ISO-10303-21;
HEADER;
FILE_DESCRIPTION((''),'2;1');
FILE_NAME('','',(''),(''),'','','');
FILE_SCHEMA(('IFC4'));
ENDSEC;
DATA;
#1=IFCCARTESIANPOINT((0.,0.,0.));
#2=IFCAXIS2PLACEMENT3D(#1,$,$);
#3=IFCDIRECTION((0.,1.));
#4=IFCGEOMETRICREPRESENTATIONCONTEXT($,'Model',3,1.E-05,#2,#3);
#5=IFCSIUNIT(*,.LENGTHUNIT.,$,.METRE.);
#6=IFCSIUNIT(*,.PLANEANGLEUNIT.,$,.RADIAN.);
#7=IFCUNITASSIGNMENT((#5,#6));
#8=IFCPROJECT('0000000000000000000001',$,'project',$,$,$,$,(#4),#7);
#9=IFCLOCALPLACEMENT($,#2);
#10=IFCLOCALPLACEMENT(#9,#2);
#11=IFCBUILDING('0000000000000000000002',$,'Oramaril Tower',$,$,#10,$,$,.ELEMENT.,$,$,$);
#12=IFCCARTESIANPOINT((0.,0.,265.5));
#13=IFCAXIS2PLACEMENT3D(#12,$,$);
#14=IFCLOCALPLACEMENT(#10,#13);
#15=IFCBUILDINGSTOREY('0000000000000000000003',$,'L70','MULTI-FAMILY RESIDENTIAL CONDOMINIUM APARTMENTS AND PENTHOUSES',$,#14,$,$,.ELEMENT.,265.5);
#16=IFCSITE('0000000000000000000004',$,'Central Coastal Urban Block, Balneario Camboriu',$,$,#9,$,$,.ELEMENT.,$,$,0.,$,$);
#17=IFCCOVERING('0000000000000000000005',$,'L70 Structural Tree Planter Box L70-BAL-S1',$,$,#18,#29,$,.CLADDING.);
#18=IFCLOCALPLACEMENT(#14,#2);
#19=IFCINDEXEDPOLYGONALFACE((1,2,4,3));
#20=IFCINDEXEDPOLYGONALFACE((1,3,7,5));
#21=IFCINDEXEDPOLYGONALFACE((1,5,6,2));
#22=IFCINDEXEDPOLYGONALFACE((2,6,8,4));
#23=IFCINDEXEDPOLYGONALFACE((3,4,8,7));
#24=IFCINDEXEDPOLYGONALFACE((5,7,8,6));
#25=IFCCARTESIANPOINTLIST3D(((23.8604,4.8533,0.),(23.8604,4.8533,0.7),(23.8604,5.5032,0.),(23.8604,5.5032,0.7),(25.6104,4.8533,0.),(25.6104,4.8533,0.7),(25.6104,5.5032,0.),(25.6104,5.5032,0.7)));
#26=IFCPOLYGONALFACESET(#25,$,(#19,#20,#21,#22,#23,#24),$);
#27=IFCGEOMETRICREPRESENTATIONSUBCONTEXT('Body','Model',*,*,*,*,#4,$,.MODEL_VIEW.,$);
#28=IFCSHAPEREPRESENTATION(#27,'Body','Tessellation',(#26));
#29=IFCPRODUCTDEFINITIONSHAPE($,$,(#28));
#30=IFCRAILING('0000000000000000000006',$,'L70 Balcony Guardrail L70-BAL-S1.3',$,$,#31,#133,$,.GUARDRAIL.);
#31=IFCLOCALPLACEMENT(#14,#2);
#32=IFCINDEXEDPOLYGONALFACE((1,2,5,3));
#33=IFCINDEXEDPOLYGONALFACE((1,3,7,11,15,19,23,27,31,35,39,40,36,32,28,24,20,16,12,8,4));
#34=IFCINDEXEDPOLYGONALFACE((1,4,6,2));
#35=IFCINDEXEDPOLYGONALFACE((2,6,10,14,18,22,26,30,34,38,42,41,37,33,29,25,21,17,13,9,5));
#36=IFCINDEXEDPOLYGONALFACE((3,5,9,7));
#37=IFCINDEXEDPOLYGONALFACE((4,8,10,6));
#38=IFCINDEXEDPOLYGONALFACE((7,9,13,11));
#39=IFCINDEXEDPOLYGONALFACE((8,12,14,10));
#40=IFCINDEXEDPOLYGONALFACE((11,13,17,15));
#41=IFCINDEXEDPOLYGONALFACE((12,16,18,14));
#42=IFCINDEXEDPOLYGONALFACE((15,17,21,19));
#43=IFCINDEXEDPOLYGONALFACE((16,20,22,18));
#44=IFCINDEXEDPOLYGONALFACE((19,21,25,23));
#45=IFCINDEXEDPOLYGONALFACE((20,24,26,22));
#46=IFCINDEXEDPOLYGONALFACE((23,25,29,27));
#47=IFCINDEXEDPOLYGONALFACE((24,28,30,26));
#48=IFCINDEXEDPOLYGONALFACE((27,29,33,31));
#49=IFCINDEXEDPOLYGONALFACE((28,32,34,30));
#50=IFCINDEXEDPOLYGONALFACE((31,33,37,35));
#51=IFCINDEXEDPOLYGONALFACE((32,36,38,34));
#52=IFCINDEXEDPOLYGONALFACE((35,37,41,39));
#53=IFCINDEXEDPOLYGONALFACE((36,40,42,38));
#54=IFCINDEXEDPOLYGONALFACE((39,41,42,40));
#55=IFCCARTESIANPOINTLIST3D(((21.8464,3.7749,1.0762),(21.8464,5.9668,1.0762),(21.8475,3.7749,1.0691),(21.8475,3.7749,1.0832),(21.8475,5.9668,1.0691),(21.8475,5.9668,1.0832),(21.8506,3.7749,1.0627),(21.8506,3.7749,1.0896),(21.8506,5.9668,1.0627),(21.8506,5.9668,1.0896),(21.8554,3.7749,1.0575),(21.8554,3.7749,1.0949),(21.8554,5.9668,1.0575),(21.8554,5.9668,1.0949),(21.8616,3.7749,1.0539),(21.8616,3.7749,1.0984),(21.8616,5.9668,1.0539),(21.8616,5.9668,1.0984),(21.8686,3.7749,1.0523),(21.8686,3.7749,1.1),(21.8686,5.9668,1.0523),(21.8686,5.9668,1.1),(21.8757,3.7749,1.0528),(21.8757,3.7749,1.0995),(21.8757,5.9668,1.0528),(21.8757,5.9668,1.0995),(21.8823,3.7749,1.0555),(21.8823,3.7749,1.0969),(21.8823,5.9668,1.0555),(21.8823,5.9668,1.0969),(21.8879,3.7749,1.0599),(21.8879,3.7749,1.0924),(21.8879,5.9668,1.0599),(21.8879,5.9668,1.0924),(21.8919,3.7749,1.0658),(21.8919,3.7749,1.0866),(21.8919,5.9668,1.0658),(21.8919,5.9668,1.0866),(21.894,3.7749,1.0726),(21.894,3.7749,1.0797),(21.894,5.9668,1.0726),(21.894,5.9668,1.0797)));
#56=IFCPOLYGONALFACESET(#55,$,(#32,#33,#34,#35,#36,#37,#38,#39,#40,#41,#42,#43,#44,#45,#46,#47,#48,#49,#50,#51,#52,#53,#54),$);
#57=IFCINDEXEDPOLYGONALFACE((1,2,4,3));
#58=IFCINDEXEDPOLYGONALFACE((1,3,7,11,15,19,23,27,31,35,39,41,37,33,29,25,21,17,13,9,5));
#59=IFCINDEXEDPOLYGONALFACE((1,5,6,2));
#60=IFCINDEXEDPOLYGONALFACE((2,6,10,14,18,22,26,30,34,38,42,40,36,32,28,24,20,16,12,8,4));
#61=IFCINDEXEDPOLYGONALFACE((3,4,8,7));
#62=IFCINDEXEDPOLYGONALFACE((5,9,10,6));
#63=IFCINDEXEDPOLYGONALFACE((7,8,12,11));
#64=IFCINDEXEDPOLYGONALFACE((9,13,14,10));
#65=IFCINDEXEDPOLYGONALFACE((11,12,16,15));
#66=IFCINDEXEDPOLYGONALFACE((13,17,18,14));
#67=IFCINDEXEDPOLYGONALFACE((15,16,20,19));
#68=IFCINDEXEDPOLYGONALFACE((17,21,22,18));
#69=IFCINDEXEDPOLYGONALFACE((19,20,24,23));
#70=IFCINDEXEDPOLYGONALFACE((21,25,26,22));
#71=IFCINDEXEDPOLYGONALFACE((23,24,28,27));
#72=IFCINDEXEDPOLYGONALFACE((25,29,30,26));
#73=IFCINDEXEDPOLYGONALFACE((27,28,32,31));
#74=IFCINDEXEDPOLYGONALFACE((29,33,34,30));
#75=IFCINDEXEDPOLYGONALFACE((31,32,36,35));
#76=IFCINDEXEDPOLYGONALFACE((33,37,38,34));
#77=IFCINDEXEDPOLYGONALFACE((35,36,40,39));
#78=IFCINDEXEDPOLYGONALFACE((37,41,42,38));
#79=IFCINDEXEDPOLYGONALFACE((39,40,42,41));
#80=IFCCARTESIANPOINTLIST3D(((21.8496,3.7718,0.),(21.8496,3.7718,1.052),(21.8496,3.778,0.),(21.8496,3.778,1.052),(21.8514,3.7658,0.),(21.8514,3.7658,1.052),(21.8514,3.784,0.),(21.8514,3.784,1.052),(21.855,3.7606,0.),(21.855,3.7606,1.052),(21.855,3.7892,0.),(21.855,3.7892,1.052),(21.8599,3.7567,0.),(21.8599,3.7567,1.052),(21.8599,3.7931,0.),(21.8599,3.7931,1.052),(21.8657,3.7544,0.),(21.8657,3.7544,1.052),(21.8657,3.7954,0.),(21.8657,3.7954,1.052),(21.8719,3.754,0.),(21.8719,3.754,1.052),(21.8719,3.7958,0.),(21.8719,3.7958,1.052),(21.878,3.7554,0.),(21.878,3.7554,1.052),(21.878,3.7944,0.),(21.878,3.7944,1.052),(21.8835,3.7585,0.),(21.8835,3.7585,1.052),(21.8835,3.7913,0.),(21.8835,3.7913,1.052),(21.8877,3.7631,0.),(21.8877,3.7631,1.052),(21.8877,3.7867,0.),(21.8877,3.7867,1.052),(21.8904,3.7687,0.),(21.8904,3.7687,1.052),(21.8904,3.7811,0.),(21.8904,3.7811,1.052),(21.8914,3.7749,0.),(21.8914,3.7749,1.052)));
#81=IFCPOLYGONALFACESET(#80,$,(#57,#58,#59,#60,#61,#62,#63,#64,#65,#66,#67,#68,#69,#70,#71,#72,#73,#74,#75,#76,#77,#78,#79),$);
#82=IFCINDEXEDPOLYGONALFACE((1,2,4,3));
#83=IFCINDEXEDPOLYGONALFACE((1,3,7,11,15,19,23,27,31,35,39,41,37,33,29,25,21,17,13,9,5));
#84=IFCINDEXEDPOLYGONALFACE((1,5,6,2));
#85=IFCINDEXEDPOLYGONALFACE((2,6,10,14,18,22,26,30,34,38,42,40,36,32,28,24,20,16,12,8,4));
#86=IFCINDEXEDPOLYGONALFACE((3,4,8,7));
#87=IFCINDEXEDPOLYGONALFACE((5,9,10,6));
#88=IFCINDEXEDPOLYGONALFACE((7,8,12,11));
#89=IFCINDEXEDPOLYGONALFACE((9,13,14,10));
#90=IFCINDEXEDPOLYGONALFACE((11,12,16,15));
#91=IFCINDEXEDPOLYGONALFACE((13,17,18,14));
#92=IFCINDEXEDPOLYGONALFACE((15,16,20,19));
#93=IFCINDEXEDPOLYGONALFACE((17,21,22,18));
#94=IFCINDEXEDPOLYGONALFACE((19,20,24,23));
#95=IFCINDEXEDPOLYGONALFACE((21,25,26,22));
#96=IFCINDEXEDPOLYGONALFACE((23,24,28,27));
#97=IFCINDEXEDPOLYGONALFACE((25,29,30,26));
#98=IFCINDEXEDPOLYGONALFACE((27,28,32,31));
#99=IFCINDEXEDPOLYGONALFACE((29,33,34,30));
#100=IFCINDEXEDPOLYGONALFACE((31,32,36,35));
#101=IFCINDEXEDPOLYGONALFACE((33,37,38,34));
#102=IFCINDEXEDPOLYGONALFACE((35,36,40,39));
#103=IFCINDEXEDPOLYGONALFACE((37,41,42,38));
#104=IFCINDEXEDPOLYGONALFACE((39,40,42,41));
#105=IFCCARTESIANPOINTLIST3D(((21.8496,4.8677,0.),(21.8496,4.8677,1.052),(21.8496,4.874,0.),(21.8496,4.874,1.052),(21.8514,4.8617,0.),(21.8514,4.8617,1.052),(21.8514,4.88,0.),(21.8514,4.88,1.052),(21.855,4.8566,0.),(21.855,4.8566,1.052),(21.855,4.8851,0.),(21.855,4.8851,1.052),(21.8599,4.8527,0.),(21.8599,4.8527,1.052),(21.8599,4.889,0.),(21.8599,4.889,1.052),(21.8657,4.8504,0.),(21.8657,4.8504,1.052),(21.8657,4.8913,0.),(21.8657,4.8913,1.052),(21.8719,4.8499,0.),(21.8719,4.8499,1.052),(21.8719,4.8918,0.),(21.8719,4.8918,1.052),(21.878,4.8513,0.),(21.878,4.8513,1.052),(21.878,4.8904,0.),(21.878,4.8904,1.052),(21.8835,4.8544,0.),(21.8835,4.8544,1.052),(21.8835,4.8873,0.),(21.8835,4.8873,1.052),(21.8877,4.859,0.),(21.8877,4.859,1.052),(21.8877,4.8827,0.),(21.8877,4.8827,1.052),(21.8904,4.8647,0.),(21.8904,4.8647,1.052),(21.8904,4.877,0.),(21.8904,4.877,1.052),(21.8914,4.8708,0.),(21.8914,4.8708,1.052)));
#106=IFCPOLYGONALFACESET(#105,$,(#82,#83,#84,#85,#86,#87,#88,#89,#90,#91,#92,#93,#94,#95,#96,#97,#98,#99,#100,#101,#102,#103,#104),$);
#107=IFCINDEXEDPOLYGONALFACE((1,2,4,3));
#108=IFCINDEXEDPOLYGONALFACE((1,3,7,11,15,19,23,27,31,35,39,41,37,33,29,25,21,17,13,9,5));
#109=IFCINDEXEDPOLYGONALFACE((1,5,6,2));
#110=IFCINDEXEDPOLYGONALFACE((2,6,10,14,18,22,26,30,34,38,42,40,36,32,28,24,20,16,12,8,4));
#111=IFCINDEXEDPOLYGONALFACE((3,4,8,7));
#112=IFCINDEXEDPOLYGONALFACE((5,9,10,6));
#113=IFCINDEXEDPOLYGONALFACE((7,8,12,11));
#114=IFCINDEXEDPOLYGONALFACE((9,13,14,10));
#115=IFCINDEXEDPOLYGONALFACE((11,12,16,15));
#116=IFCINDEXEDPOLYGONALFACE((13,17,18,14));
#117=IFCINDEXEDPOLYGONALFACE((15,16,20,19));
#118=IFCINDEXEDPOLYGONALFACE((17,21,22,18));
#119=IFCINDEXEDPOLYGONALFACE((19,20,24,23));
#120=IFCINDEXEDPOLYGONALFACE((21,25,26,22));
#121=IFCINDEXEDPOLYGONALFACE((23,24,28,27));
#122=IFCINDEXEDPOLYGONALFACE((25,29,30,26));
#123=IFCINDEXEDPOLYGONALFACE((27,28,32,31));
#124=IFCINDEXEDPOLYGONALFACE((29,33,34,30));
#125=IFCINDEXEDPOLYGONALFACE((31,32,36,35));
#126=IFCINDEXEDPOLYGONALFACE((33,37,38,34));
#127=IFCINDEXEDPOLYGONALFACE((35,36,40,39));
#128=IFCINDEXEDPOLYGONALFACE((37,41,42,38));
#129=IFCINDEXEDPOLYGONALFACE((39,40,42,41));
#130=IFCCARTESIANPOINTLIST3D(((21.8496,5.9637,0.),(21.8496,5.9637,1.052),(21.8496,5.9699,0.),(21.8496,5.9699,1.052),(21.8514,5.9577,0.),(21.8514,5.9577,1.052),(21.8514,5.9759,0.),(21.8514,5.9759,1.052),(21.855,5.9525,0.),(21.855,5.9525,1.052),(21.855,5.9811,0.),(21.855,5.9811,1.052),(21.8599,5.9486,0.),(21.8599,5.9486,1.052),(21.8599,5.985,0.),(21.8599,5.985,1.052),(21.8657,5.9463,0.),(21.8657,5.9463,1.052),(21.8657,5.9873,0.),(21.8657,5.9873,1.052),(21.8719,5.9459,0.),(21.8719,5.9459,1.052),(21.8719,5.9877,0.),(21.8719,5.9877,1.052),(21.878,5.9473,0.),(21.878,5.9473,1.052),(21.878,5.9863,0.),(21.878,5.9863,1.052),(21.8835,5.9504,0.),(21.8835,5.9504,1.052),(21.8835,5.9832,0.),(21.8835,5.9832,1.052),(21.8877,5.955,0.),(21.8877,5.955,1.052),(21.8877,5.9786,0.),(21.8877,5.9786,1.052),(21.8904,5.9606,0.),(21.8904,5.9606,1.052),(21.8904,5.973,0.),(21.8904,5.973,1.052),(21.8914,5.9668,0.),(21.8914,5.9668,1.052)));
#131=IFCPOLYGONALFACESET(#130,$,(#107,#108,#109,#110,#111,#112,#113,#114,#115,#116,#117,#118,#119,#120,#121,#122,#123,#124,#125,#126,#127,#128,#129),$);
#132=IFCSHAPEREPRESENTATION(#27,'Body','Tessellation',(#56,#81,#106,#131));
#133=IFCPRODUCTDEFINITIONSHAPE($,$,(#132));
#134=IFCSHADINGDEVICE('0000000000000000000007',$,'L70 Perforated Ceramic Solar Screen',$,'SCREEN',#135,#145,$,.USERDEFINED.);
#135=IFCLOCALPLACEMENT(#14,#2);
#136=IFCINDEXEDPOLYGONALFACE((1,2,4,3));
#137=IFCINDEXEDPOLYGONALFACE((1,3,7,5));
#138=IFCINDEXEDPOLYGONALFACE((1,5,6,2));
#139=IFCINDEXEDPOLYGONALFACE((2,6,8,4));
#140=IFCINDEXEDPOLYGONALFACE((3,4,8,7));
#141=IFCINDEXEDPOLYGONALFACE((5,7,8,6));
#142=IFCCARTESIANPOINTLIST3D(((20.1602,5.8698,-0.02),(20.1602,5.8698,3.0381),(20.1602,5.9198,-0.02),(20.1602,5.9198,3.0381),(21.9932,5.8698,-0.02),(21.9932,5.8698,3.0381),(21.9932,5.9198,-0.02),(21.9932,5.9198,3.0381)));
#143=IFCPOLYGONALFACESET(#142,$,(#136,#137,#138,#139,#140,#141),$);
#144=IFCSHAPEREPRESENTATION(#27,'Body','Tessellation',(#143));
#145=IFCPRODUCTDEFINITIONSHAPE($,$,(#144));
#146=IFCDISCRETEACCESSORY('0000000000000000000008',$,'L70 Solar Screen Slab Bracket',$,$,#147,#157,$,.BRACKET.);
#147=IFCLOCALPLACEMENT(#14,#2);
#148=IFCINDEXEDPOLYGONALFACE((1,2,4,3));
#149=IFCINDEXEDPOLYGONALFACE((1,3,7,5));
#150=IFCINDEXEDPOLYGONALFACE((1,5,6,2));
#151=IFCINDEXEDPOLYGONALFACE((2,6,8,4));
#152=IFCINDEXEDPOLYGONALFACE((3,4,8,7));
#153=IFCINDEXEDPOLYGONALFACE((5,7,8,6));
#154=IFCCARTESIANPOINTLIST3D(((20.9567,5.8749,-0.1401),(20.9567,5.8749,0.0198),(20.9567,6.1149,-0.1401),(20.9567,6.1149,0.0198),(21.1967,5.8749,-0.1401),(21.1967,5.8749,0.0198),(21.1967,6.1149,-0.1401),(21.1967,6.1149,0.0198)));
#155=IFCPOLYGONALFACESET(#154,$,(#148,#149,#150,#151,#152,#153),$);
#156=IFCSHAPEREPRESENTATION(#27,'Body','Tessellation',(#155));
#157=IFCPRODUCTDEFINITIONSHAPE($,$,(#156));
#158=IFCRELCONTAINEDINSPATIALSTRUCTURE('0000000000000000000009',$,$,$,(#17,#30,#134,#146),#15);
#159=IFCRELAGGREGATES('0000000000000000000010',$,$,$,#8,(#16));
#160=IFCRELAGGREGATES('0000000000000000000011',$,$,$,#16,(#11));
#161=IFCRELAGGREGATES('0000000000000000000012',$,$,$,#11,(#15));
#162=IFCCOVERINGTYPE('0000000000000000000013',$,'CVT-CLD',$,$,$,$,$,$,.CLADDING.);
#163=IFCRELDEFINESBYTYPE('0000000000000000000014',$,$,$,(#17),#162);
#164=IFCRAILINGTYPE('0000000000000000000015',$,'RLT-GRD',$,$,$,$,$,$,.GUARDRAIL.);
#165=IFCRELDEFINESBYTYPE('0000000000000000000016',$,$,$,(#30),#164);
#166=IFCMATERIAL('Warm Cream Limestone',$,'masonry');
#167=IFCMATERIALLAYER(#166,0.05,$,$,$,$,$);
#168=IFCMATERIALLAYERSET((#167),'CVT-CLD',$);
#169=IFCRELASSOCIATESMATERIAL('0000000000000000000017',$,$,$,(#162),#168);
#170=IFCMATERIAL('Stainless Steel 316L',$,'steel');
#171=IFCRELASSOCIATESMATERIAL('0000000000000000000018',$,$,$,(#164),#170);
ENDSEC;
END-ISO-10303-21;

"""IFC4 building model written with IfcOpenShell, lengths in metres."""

from ifc_helpers import new_model, si_unit, direction, frame, origin, origin_2d, place, context, subcontext, project, spatial, rectangle, circle, extrude, material, layer, layer_set, type_object, element, save


model = new_model("IFC4")

# Units and contexts
model_context = context("Model", 3, precision=1e-05, world=origin(), true_north=direction((0.0, 1.0)))
body_context = subcontext(model_context, "Body", "Model", "MODEL_VIEW")
ifc_project = project(units=[si_unit("LENGTHUNIT", "METRE"), si_unit("PLANEANGLEUNIT", "RADIAN")], contexts=[model_context])

# Site, building, storey
site_placement = place(None, origin())
site = spatial("IfcSite", under=ifc_project, at=site_placement, Name="Central Coastal Urban Block, Balneario Camboriu", CompositionType="ELEMENT", RefElevation=0.0)
building_placement = place(site_placement, origin())
building = spatial("IfcBuilding", under=site, at=building_placement, Name="Oramaril Tower", CompositionType="ELEMENT")
storey_placement = place(building_placement, frame((0.0, 0.0, 265.5)))
storey = spatial("IfcBuildingStorey", under=building, at=storey_placement, Name="L70", Description="MULTI-FAMILY RESIDENTIAL CONDOMINIUM APARTMENTS AND PENTHOUSES", CompositionType="ELEMENT", Elevation=265.5)

# Covering
ifc_material_1 = material(Name="Warm Cream Limestone", Category="masonry")
ifc_layer_1 = layer(ifc_material_1, 0.05)
ifc_layer_set_1 = layer_set([ifc_layer_1], Name="CVT-CLD")
covering_type = type_object("IfcCoveringType", Name="CVT-CLD", PredefinedType="CLADDING", material=ifc_layer_set_1)
covering_1_placement = place(storey_placement, frame((24.7354, 5.1782, 0.0), z_axis=(0.0, 0.0, 1.0), x_axis=(1.0, 0.0, 0.0)))
element("IfcCovering", 1, at=covering_1_placement, inside=storey, type_object=covering_type, Name="L70 Structural Tree Planter Box L70-BAL-S1", PredefinedType="CLADDING", context=body_context, shape_type="SweptSolid", body=[
    extrude(rectangle(XDim=1.75, YDim=0.6499, at=origin_2d()), origin(), (0.0, 0.0, 1.0), 0.7),
])

# Railing
ifc_material_2 = material(Name="Stainless Steel 316L", Category="steel")
railing_type = type_object("IfcRailingType", Name="RLT-GRD", PredefinedType="GUARDRAIL", material=ifc_material_2)
railing_placement = place(storey_placement, frame((21.8704, 3.7749, 0.0)))
element("IfcRailing", 2, at=railing_placement, inside=storey, type_object=railing_type, Name="L70 Balcony Guardrail L70-BAL-S1.3", PredefinedType="GUARDRAIL", context=body_context, shape_type="SweptSolid", body=[
    extrude(circle(Radius=0.0239, at=origin_2d()), frame((0.0, 0.0, 1.0762), z_axis=(0.0, 1.0, 0.0), x_axis=(-1.0, 0.0, 0.0)), (0.0, 0.0, 1.0), 2.1919),
    extrude(circle(Radius=0.021, at=origin_2d()), origin(), (0.0, 0.0, 1.0), 1.052),
    extrude(circle(Radius=0.021, at=origin_2d()), frame((0.0, 1.0959, 0.0)), (0.0, 0.0, 1.0), 1.052),
    extrude(circle(Radius=0.021, at=origin_2d()), frame((0.0, 2.1919, 0.0)), (0.0, 0.0, 1.0), 1.052),
])

# Shading device
shading_device_placement = place(storey_placement, frame((21.0767, 5.8948, -0.02), z_axis=(0.0, 0.0, 1.0), x_axis=(1.0, 0.0, 0.0)))
element("IfcShadingDevice", 3, at=shading_device_placement, inside=storey, Name="L70 Perforated Ceramic Solar Screen", ObjectType="SCREEN", PredefinedType="USERDEFINED", context=body_context, shape_type="SweptSolid", body=[
    extrude(rectangle(XDim=1.833, YDim=0.05, at=origin_2d()), origin(), (0.0, 0.0, 1.0), 3.0581),
])

# Discrete accessory
discrete_accessory_placement = place(storey_placement, frame((21.0767, 5.9949, -0.1401), z_axis=(0.0, 0.0, 1.0), x_axis=(1.0, 0.0, 0.0)))
element("IfcDiscreteAccessory", 4, at=discrete_accessory_placement, inside=storey, Name="L70 Solar Screen Slab Bracket", PredefinedType="BRACKET", context=body_context, shape_type="SweptSolid", body=[
    extrude(rectangle(XDim=0.24, YDim=0.24, at=origin_2d()), origin(), (0.0, 0.0, 1.0), 0.1599),
])

save(model, "model.ifc")
